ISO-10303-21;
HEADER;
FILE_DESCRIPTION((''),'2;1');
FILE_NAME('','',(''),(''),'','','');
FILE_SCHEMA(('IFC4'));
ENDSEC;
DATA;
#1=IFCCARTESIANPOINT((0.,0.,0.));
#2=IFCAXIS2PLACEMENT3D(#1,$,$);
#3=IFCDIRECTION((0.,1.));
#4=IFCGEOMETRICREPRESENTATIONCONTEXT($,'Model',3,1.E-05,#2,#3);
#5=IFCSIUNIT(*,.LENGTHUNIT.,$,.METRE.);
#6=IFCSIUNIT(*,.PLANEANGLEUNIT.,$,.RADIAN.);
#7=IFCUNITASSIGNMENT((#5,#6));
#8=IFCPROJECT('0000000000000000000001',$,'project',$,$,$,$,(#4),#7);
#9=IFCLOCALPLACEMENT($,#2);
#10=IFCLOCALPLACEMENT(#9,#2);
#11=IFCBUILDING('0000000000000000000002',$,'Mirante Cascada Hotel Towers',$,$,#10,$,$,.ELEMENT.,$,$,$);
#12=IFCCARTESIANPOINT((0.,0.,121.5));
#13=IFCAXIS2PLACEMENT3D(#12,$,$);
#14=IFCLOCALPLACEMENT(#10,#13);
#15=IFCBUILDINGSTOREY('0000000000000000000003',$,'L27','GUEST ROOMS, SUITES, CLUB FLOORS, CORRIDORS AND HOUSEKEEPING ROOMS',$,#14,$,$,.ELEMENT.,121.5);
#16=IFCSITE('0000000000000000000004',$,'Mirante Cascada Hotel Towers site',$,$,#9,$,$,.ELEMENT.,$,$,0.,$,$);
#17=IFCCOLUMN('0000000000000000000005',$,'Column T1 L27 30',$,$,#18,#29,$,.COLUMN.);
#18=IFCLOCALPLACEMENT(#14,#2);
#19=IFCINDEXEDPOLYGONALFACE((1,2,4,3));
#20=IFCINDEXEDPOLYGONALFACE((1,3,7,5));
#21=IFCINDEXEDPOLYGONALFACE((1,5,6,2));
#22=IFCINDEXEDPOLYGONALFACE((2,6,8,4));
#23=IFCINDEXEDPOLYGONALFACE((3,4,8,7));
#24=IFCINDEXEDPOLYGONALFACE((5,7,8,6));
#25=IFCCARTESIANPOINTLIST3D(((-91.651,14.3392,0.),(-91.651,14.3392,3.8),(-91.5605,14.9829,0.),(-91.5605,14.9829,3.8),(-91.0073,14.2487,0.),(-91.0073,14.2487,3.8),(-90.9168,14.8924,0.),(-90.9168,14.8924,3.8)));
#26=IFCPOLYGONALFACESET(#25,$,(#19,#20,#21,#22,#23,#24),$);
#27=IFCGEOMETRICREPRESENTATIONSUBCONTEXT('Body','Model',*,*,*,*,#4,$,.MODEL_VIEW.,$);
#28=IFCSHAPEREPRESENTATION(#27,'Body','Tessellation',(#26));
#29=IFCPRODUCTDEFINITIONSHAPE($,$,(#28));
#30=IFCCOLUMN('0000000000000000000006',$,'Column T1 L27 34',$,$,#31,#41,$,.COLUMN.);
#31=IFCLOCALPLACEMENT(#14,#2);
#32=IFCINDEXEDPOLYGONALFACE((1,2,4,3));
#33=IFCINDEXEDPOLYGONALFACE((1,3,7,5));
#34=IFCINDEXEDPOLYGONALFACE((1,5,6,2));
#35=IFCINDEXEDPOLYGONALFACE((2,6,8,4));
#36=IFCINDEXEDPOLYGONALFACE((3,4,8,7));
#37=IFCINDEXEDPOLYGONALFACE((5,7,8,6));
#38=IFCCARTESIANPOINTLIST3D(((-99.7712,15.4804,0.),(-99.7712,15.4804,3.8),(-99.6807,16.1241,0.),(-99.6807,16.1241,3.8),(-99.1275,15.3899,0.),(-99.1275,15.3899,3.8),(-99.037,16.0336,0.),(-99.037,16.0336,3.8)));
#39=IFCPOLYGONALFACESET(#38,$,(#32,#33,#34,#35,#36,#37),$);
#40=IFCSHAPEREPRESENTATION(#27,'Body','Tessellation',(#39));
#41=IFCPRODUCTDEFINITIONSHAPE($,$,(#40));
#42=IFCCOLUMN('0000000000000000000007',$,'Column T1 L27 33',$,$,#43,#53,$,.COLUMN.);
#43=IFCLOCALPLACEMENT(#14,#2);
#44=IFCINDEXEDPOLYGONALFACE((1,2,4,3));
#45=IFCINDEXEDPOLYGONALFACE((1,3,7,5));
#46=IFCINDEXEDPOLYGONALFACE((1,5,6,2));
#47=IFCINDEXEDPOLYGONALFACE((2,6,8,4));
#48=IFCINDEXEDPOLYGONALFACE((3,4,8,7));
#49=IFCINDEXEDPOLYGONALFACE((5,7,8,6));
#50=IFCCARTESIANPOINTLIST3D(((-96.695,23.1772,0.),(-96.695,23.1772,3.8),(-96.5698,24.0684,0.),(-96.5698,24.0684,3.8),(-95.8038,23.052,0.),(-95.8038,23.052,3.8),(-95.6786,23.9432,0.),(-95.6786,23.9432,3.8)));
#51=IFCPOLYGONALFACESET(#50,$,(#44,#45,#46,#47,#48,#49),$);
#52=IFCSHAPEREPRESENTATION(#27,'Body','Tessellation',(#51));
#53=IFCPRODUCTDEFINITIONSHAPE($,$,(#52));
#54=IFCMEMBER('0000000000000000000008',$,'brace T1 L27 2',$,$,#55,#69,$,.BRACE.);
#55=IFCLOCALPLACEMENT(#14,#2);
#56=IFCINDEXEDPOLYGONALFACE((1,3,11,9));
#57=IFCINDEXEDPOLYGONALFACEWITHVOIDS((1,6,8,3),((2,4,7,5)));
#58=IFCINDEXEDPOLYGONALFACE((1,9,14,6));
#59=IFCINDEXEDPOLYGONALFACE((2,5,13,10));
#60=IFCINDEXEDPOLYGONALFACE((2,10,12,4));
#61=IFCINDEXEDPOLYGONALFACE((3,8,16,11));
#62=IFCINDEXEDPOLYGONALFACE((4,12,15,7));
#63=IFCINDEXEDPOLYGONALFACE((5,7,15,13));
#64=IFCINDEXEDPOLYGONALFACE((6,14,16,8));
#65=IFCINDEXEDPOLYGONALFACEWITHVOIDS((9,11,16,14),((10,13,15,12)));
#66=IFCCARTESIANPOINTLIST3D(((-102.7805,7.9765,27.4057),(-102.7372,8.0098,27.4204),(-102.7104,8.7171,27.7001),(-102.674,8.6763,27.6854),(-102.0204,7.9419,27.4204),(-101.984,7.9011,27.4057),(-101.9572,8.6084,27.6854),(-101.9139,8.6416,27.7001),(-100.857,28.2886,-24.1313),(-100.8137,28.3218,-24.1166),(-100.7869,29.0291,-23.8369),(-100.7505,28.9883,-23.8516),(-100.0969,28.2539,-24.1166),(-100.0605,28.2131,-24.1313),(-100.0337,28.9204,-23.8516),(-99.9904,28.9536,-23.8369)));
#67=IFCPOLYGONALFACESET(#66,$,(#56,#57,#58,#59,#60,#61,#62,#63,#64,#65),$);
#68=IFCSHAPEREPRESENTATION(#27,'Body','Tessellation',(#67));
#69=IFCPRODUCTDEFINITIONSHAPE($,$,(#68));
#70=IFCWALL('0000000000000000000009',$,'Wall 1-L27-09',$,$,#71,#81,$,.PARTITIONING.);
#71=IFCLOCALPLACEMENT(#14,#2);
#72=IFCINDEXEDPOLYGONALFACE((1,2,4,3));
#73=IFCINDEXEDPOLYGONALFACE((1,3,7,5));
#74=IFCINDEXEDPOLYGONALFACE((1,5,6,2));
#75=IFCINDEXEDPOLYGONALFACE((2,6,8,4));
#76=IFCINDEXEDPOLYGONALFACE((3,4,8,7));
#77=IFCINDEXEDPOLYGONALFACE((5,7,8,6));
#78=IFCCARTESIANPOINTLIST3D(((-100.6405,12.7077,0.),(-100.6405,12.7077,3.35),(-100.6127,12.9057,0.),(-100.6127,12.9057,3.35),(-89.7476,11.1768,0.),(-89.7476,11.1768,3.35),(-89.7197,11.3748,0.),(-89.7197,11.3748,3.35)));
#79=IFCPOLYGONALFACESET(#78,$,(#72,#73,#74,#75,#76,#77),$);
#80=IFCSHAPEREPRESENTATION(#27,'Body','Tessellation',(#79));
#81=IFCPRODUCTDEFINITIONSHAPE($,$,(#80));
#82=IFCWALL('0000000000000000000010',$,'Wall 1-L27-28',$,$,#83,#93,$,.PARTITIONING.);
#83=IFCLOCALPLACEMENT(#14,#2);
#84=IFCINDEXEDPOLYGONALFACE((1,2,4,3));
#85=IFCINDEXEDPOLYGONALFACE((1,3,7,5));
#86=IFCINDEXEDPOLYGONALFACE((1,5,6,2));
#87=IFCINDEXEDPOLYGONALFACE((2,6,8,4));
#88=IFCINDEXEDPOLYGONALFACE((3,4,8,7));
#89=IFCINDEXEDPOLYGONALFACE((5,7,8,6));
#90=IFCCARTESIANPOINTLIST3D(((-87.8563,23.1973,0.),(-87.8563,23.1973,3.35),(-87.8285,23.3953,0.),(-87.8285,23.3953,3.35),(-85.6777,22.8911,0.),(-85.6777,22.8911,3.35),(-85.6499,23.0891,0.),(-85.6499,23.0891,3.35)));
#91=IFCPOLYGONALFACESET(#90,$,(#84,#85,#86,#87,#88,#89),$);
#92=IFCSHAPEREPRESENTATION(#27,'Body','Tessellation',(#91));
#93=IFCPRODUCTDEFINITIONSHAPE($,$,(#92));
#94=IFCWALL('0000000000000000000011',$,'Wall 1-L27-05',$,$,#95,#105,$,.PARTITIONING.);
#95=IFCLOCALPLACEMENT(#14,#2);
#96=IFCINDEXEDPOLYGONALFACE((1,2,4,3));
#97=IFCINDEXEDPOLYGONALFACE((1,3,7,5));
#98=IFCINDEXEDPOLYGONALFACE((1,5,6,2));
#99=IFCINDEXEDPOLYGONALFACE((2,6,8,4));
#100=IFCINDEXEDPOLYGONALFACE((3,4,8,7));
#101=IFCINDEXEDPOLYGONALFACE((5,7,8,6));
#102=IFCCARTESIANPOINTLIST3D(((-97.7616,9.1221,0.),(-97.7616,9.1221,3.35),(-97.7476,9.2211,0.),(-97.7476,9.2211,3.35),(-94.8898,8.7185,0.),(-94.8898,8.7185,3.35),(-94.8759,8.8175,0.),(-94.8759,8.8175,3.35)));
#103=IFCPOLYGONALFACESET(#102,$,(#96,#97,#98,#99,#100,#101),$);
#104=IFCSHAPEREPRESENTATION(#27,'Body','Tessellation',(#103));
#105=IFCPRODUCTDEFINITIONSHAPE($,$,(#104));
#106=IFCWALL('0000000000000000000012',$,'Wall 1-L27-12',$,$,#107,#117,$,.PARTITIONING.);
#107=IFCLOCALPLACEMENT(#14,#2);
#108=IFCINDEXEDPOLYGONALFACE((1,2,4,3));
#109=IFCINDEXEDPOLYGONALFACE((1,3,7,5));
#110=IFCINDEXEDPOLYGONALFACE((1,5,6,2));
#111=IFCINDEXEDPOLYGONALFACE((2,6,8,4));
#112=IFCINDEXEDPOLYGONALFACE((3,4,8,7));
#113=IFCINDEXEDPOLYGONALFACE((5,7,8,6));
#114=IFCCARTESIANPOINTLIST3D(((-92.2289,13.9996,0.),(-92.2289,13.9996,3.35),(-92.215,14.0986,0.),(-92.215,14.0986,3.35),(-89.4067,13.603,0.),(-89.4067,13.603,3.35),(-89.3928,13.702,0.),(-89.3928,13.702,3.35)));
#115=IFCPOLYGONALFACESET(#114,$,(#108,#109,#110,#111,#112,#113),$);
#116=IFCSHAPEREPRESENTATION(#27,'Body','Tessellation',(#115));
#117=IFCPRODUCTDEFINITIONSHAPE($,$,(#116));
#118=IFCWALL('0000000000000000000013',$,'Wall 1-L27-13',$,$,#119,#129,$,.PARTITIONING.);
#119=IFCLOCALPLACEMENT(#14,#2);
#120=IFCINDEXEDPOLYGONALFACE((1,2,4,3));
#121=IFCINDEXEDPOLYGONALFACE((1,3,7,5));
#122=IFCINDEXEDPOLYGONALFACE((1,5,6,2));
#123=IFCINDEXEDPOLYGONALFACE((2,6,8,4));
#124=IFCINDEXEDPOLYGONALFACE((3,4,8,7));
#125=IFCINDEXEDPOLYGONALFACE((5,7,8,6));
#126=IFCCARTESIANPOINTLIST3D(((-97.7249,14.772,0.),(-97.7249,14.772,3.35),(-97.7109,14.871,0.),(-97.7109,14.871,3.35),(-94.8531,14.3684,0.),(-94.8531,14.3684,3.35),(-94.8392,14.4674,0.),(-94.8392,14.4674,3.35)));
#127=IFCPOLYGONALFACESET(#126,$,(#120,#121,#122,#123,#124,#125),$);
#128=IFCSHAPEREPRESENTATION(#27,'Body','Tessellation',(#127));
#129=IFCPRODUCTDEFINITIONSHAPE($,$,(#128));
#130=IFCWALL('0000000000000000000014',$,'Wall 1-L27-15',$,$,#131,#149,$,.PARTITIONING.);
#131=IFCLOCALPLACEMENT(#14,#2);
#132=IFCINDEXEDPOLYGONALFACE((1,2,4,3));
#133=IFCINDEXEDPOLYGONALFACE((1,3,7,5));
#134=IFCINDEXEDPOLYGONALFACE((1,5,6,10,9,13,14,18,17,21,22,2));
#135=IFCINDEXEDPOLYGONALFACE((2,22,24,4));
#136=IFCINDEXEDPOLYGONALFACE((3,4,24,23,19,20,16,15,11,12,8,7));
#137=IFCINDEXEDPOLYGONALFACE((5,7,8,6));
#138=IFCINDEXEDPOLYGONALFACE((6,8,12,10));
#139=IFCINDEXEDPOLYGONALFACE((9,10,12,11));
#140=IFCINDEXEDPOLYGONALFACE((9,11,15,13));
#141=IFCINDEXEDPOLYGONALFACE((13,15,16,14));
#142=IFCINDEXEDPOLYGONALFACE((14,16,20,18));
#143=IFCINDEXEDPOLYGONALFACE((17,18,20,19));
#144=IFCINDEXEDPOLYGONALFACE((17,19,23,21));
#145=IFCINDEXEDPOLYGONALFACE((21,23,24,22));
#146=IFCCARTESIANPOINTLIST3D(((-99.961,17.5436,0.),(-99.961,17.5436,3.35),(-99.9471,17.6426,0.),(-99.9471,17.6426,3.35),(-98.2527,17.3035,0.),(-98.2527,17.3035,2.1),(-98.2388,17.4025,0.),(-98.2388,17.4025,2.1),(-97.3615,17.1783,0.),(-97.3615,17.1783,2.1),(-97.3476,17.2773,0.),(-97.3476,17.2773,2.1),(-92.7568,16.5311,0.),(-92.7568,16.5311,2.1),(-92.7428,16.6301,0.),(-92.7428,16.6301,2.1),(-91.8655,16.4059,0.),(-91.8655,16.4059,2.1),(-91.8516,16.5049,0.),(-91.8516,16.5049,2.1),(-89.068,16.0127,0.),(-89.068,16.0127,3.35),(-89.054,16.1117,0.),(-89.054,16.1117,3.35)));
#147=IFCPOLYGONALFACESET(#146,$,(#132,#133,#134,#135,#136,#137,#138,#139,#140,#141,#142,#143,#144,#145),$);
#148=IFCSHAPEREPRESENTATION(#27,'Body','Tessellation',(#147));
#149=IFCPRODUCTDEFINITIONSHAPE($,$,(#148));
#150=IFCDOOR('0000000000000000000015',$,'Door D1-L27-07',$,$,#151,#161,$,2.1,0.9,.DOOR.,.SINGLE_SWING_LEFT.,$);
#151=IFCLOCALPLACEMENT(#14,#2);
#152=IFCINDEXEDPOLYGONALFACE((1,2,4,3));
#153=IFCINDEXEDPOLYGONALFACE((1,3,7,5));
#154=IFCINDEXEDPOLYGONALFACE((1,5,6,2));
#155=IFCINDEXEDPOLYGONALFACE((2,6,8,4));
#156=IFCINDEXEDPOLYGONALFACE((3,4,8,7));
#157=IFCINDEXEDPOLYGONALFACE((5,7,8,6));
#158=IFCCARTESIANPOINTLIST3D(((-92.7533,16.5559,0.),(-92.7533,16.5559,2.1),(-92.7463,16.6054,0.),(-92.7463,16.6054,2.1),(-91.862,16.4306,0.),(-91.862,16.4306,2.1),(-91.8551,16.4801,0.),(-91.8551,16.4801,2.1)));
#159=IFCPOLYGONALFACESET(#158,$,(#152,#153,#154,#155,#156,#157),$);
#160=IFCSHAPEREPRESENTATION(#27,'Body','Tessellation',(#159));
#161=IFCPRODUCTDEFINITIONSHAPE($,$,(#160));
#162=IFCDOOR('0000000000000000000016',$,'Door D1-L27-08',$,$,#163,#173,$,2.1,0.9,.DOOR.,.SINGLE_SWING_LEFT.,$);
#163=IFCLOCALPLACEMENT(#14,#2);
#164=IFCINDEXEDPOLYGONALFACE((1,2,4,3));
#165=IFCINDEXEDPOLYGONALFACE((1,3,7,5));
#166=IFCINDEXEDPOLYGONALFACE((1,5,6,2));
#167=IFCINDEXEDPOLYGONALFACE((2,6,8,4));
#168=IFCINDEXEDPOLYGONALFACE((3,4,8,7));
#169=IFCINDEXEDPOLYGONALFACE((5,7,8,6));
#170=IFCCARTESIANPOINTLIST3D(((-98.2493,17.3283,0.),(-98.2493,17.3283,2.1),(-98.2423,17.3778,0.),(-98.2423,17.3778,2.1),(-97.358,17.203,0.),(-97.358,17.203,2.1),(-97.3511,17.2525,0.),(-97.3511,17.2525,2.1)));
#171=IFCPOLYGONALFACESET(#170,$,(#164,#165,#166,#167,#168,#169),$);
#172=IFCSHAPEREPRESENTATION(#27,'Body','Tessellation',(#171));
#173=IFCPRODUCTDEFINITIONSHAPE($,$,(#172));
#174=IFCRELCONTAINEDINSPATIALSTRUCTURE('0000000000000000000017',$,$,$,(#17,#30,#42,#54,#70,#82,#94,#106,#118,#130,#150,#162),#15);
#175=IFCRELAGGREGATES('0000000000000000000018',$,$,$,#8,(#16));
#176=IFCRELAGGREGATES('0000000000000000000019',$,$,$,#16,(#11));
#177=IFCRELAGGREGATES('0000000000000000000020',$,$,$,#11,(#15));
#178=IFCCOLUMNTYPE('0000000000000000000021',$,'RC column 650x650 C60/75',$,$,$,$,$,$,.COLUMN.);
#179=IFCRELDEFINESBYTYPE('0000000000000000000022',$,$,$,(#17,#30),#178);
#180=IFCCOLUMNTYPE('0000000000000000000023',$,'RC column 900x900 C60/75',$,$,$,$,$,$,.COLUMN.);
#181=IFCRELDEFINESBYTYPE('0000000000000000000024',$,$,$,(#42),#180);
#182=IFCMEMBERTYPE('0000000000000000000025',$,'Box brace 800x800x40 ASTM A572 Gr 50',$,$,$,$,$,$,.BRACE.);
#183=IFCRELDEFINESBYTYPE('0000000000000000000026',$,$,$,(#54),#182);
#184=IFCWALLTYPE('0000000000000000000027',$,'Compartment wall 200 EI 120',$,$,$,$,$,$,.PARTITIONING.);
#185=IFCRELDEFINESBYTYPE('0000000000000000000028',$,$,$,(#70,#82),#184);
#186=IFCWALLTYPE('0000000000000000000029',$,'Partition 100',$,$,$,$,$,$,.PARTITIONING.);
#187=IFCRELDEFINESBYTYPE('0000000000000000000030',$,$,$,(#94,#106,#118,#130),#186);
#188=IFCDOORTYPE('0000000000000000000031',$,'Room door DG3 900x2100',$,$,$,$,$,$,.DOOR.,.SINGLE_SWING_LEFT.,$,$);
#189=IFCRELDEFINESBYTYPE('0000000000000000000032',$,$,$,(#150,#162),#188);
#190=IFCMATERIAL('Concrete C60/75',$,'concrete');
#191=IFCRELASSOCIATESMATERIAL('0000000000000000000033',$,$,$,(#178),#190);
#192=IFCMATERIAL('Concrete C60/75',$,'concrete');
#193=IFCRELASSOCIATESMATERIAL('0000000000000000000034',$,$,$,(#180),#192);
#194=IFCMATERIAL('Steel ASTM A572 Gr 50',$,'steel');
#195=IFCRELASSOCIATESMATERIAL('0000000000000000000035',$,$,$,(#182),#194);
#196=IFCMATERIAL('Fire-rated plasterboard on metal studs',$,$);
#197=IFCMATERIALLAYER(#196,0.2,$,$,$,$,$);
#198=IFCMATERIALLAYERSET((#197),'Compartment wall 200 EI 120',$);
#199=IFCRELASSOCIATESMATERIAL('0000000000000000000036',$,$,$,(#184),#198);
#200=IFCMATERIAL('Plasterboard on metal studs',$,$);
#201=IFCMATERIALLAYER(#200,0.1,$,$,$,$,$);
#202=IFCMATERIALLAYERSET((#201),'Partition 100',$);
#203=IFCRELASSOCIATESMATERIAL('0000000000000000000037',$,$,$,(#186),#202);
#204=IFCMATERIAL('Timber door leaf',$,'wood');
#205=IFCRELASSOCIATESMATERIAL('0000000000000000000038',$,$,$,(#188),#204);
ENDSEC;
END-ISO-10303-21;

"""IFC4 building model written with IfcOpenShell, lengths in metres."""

from ifc_helpers import new_model, si_unit, direction, frame, frame_2d, origin, origin_2d, place, context, subcontext, project, spatial, rectangle, hollow_rectangle, extrude, material, layer, layer_set, material_profile, profile_set, type_object, element, fill, save


model = new_model("IFC4")

# Units and contexts
model_context = context("Model", 3, precision=1e-05, world=origin(), true_north=direction((0.0, 1.0)))
body_context = subcontext(model_context, "Body", "Model", "MODEL_VIEW")
ifc_project = project(units=[si_unit("LENGTHUNIT", "METRE"), si_unit("PLANEANGLEUNIT", "RADIAN")], contexts=[model_context])

# Site, building, storey
site_placement = place(None, origin())
site = spatial("IfcSite", under=ifc_project, at=site_placement, Name="Mirante Cascada Hotel Towers site", CompositionType="ELEMENT", RefElevation=0.0)
building_placement = place(site_placement, origin())
building = spatial("IfcBuilding", under=site, at=building_placement, Name="Mirante Cascada Hotel Towers", CompositionType="ELEMENT")
storey_placement = place(building_placement, frame((0.0, 0.0, 121.5)))
storey = spatial("IfcBuildingStorey", under=building, at=storey_placement, Name="L27", Description="GUEST ROOMS, SUITES, CLUB FLOORS, CORRIDORS AND HOUSEKEEPING ROOMS", CompositionType="ELEMENT", Elevation=121.5)

# Columns
ifc_material_1 = material(Name="Concrete C60/75", Category="concrete")
ifc_material_profile_1 = material_profile(ifc_material_1, rectangle(XDim=0.65, YDim=0.65, at=origin_2d()), Name="RC column 650x650 C60/75")
ifc_profile_set_1 = profile_set([ifc_material_profile_1], Name="Concrete C60/75")
column_type_1 = type_object("IfcColumnType", Name="RC column 650x650 C60/75", PredefinedType="COLUMN", material=ifc_profile_set_1)
for number, where, z_axis, x_axis, name in (
    (1, (-91.2839, 14.6158, 0.0), (0.0, 0.0, 1.0), (-0.990268, 0.139173, 0.0), "Column T1 L27 30"),
    (2, (-99.4041, 15.757, 0.0), (0.0, 0.0, 1.0), (-0.990268, 0.139173, 0.0), "Column T1 L27 34"),
):
    element("IfcColumn", number, at=place(storey_placement, frame(where, z_axis=z_axis, x_axis=x_axis)), inside=storey, type_object=column_type_1, Name=name, PredefinedType="COLUMN", context=body_context, shape_type="SweptSolid", body=[
        extrude(rectangle(XDim=0.65, YDim=0.65, at=origin_2d()), origin(), (0.0, 0.0, 1.0), 3.8),
    ])
ifc_material_2 = material(Name="Concrete C60/75", Category="concrete")
ifc_material_profile_2 = material_profile(ifc_material_2, rectangle(XDim=0.9, YDim=0.9, at=origin_2d()), Name="RC column 900x900 C60/75")
ifc_profile_set_2 = profile_set([ifc_material_profile_2], Name="Concrete C60/75")
column_type_2 = type_object("IfcColumnType", Name="RC column 900x900 C60/75", PredefinedType="COLUMN", material=ifc_profile_set_2)
column_placement = place(storey_placement, frame((-96.1868, 23.5602, 0.0), z_axis=(0.0, 0.0, 1.0), x_axis=(-0.990268, 0.139173, 0.0)))
element("IfcColumn", 3, at=column_placement, inside=storey, type_object=column_type_2, Name="Column T1 L27 33", PredefinedType="COLUMN", context=body_context, shape_type="SweptSolid", body=[
    extrude(rectangle(XDim=0.9, YDim=0.9, at=origin_2d()), origin(), (0.0, 0.0, 1.0), 3.8),
])

# Member
ifc_material_3 = material(Name="Steel ASTM A572 Gr 50", Category="steel")
ifc_material_profile_3 = material_profile(ifc_material_3, hollow_rectangle(XDim=0.8, YDim=0.8, WallThickness=0.04, at=origin_2d()), Name="Box brace 800x800x40 ASTM A572 Gr 50")
ifc_profile_set_3 = profile_set([ifc_material_profile_3], Name="Steel ASTM A572 Gr 50")
member_type = type_object("IfcMemberType", Name="Box brace 800x800x40 ASTM A572 Gr 50", PredefinedType="BRACE", material=ifc_profile_set_3)
member_placement = place(storey_placement, frame((-100.4237, 28.6211, -23.9841), z_axis=(-0.034702, -0.366453, 0.929789), x_axis=(0.995546, -0.094276, 0.0)))
element("IfcMember", 4, at=member_placement, inside=storey, type_object=member_type, Name="brace T1 L27 2", PredefinedType="BRACE", context=body_context, shape_type="SweptSolid", body=[
    extrude(hollow_rectangle(XDim=0.8, YDim=0.8, WallThickness=0.04, at=origin_2d()), origin(), (0.0, 0.0, 1.0), 55.4287),
])

# Walls
ifc_material_4 = material(Name="Fire-rated plasterboard on metal studs")
ifc_layer_1 = layer(ifc_material_4, 0.2)
ifc_layer_set_1 = layer_set([ifc_layer_1], Name="Compartment wall 200 EI 120")
wall_type_1 = type_object("IfcWallType", Name="Compartment wall 200 EI 120", PredefinedType="PARTITIONING", material=ifc_layer_set_1)
wall_1_placement = place(storey_placement, frame((-100.6266, 12.8067, 0.0), z_axis=(0.0, 0.0, 1.0), x_axis=(0.990268, -0.139173, 0.0)))
element("IfcWall", 5, at=wall_1_placement, inside=storey, type_object=wall_type_1, Name="Wall 1-L27-09", PredefinedType="PARTITIONING", context=body_context, shape_type="SweptSolid", body=[
    extrude(rectangle(XDim=11.0, YDim=0.2, at=frame_2d((5.5, 0.0))), origin(), (0.0, 0.0, 1.0), 3.35),
])
wall_2_placement = place(storey_placement, frame((-85.6638, 22.9901, 0.0), z_axis=(0.0, 0.0, 1.0), x_axis=(-0.990267, 0.139181, 0.0)))
element("IfcWall", 6, at=wall_2_placement, inside=storey, type_object=wall_type_1, Name="Wall 1-L27-28", PredefinedType="PARTITIONING", context=body_context, shape_type="SweptSolid", body=[
    extrude(rectangle(XDim=2.2, YDim=0.2, at=frame_2d((1.1, 0.0))), origin(), (0.0, 0.0, 1.0), 3.35),
])
ifc_material_5 = material(Name="Plasterboard on metal studs")
ifc_layer_2 = layer(ifc_material_5, 0.1)
ifc_layer_set_2 = layer_set([ifc_layer_2], Name="Partition 100")
wall_type_2 = type_object("IfcWallType", Name="Partition 100", PredefinedType="PARTITIONING", material=ifc_layer_set_2)
wall_3_placement = place(storey_placement, frame((-97.7546, 9.1716, 0.0), z_axis=(0.0, 0.0, 1.0), x_axis=(0.990268, -0.139171, 0.0)))
element("IfcWall", 7, at=wall_3_placement, inside=storey, type_object=wall_type_2, Name="Wall 1-L27-05", PredefinedType="PARTITIONING", context=body_context, shape_type="SweptSolid", body=[
    extrude(rectangle(XDim=2.9, YDim=0.1, at=frame_2d((1.45, 0.0))), origin(), (0.0, 0.0, 1.0), 3.35),
])
wall_4_placement = place(storey_placement, frame((-89.3997, 13.6525, 0.0), z_axis=(0.0, 0.0, 1.0), x_axis=(-0.99027, 0.139161, 0.0)))
element("IfcWall", 8, at=wall_4_placement, inside=storey, type_object=wall_type_2, Name="Wall 1-L27-12", PredefinedType="PARTITIONING", context=body_context, shape_type="SweptSolid", body=[
    extrude(rectangle(XDim=2.8499, YDim=0.1, at=frame_2d((1.425, 0.0))), origin(), (0.0, 0.0, 1.0), 3.35),
])
wall_5_placement = place(storey_placement, frame((-97.7179, 14.8215, 0.0), z_axis=(0.0, 0.0, 1.0), x_axis=(0.990268, -0.139171, 0.0)))
element("IfcWall", 9, at=wall_5_placement, inside=storey, type_object=wall_type_2, Name="Wall 1-L27-13", PredefinedType="PARTITIONING", context=body_context, shape_type="SweptSolid", body=[
    extrude(rectangle(XDim=2.9, YDim=0.1, at=frame_2d((1.45, 0.0))), origin(), (0.0, 0.0, 1.0), 3.35),
])

# Wall, openings, doors
wall_6_placement = place(storey_placement, frame((-99.954, 17.5931, 0.0), z_axis=(0.0, 0.0, 1.0), x_axis=(0.990268, -0.139172, 0.0)))
wall_6 = element("IfcWall", 10, at=wall_6_placement, inside=storey, type_object=wall_type_2, Name="Wall 1-L27-15", PredefinedType="PARTITIONING", context=body_context, shape_type="SweptSolid", body=[
    extrude(rectangle(XDim=11.0001, YDim=0.1, at=frame_2d((5.5, 0.0))), origin(), (0.0, 0.0, 1.0), 3.35),
])
opening_1_placement = place(wall_6_placement, frame((7.275, 0.0, 0.0)))
opening_1 = element("IfcOpeningElement", 11, at=opening_1_placement, cuts=wall_6, PredefinedType="OPENING", context=body_context, shape_type="SweptSolid", body=[
    extrude(rectangle(XDim=0.9, YDim=2.1, at=frame_2d((0.45, 1.05))), frame((0.0, 0.05, 0.0), z_axis=(0.0, -1.0, 0.0), x_axis=(1.0, 0.0, 0.0)), (0.0, 0.0, 1.0), 0.1),
])
opening_2_placement = place(wall_6_placement, frame((1.725, 0.0, 0.0)))
opening_2 = element("IfcOpeningElement", 12, at=opening_2_placement, cuts=wall_6, PredefinedType="OPENING", context=body_context, shape_type="SweptSolid", body=[
    extrude(rectangle(XDim=0.9, YDim=2.1, at=frame_2d((0.45, 1.05))), frame((0.0, 0.05, 0.0), z_axis=(0.0, -1.0, 0.0), x_axis=(1.0, 0.0, 0.0)), (0.0, 0.0, 1.0), 0.1),
])
ifc_material_6 = material(Name="Timber door leaf", Category="wood")
door_type_1 = type_object("IfcDoorType", Name="Room door DG3 900x2100", OperationType="SINGLE_SWING_LEFT", PredefinedType="DOOR", material=ifc_material_6)
door_1_placement = place(opening_1_placement, origin())
door_1 = element("IfcDoor", 13, at=door_1_placement, inside=storey, type_object=door_type_1, Name="Door D1-L27-07", OperationType="SINGLE_SWING_LEFT", OverallHeight=2.1, OverallWidth=0.9, PredefinedType="DOOR", context=body_context, shape_type="SweptSolid", body=[
    extrude(rectangle(XDim=0.9, YDim=2.1, at=frame_2d((0.45, 1.05))), frame((0.0, 0.025, 0.0), z_axis=(0.0, -1.0, 0.0), x_axis=(1.0, 0.0, 0.0)), (0.0, 0.0, 1.0), 0.05),
])
fill(opening_1, door_1)
door_2_placement = place(opening_2_placement, origin())
door_2 = element("IfcDoor", 14, at=door_2_placement, inside=storey, type_object=door_type_1, Name="Door D1-L27-08", OperationType="SINGLE_SWING_LEFT", OverallHeight=2.1, OverallWidth=0.9, PredefinedType="DOOR", context=body_context, shape_type="SweptSolid", body=[
    extrude(rectangle(XDim=0.9, YDim=2.1, at=frame_2d((0.45, 1.05))), frame((0.0, 0.025, 0.0), z_axis=(0.0, -1.0, 0.0), x_axis=(1.0, 0.0, 0.0)), (0.0, 0.0, 1.0), 0.05),
])
fill(opening_2, door_2)

save(model, "model.ifc")
